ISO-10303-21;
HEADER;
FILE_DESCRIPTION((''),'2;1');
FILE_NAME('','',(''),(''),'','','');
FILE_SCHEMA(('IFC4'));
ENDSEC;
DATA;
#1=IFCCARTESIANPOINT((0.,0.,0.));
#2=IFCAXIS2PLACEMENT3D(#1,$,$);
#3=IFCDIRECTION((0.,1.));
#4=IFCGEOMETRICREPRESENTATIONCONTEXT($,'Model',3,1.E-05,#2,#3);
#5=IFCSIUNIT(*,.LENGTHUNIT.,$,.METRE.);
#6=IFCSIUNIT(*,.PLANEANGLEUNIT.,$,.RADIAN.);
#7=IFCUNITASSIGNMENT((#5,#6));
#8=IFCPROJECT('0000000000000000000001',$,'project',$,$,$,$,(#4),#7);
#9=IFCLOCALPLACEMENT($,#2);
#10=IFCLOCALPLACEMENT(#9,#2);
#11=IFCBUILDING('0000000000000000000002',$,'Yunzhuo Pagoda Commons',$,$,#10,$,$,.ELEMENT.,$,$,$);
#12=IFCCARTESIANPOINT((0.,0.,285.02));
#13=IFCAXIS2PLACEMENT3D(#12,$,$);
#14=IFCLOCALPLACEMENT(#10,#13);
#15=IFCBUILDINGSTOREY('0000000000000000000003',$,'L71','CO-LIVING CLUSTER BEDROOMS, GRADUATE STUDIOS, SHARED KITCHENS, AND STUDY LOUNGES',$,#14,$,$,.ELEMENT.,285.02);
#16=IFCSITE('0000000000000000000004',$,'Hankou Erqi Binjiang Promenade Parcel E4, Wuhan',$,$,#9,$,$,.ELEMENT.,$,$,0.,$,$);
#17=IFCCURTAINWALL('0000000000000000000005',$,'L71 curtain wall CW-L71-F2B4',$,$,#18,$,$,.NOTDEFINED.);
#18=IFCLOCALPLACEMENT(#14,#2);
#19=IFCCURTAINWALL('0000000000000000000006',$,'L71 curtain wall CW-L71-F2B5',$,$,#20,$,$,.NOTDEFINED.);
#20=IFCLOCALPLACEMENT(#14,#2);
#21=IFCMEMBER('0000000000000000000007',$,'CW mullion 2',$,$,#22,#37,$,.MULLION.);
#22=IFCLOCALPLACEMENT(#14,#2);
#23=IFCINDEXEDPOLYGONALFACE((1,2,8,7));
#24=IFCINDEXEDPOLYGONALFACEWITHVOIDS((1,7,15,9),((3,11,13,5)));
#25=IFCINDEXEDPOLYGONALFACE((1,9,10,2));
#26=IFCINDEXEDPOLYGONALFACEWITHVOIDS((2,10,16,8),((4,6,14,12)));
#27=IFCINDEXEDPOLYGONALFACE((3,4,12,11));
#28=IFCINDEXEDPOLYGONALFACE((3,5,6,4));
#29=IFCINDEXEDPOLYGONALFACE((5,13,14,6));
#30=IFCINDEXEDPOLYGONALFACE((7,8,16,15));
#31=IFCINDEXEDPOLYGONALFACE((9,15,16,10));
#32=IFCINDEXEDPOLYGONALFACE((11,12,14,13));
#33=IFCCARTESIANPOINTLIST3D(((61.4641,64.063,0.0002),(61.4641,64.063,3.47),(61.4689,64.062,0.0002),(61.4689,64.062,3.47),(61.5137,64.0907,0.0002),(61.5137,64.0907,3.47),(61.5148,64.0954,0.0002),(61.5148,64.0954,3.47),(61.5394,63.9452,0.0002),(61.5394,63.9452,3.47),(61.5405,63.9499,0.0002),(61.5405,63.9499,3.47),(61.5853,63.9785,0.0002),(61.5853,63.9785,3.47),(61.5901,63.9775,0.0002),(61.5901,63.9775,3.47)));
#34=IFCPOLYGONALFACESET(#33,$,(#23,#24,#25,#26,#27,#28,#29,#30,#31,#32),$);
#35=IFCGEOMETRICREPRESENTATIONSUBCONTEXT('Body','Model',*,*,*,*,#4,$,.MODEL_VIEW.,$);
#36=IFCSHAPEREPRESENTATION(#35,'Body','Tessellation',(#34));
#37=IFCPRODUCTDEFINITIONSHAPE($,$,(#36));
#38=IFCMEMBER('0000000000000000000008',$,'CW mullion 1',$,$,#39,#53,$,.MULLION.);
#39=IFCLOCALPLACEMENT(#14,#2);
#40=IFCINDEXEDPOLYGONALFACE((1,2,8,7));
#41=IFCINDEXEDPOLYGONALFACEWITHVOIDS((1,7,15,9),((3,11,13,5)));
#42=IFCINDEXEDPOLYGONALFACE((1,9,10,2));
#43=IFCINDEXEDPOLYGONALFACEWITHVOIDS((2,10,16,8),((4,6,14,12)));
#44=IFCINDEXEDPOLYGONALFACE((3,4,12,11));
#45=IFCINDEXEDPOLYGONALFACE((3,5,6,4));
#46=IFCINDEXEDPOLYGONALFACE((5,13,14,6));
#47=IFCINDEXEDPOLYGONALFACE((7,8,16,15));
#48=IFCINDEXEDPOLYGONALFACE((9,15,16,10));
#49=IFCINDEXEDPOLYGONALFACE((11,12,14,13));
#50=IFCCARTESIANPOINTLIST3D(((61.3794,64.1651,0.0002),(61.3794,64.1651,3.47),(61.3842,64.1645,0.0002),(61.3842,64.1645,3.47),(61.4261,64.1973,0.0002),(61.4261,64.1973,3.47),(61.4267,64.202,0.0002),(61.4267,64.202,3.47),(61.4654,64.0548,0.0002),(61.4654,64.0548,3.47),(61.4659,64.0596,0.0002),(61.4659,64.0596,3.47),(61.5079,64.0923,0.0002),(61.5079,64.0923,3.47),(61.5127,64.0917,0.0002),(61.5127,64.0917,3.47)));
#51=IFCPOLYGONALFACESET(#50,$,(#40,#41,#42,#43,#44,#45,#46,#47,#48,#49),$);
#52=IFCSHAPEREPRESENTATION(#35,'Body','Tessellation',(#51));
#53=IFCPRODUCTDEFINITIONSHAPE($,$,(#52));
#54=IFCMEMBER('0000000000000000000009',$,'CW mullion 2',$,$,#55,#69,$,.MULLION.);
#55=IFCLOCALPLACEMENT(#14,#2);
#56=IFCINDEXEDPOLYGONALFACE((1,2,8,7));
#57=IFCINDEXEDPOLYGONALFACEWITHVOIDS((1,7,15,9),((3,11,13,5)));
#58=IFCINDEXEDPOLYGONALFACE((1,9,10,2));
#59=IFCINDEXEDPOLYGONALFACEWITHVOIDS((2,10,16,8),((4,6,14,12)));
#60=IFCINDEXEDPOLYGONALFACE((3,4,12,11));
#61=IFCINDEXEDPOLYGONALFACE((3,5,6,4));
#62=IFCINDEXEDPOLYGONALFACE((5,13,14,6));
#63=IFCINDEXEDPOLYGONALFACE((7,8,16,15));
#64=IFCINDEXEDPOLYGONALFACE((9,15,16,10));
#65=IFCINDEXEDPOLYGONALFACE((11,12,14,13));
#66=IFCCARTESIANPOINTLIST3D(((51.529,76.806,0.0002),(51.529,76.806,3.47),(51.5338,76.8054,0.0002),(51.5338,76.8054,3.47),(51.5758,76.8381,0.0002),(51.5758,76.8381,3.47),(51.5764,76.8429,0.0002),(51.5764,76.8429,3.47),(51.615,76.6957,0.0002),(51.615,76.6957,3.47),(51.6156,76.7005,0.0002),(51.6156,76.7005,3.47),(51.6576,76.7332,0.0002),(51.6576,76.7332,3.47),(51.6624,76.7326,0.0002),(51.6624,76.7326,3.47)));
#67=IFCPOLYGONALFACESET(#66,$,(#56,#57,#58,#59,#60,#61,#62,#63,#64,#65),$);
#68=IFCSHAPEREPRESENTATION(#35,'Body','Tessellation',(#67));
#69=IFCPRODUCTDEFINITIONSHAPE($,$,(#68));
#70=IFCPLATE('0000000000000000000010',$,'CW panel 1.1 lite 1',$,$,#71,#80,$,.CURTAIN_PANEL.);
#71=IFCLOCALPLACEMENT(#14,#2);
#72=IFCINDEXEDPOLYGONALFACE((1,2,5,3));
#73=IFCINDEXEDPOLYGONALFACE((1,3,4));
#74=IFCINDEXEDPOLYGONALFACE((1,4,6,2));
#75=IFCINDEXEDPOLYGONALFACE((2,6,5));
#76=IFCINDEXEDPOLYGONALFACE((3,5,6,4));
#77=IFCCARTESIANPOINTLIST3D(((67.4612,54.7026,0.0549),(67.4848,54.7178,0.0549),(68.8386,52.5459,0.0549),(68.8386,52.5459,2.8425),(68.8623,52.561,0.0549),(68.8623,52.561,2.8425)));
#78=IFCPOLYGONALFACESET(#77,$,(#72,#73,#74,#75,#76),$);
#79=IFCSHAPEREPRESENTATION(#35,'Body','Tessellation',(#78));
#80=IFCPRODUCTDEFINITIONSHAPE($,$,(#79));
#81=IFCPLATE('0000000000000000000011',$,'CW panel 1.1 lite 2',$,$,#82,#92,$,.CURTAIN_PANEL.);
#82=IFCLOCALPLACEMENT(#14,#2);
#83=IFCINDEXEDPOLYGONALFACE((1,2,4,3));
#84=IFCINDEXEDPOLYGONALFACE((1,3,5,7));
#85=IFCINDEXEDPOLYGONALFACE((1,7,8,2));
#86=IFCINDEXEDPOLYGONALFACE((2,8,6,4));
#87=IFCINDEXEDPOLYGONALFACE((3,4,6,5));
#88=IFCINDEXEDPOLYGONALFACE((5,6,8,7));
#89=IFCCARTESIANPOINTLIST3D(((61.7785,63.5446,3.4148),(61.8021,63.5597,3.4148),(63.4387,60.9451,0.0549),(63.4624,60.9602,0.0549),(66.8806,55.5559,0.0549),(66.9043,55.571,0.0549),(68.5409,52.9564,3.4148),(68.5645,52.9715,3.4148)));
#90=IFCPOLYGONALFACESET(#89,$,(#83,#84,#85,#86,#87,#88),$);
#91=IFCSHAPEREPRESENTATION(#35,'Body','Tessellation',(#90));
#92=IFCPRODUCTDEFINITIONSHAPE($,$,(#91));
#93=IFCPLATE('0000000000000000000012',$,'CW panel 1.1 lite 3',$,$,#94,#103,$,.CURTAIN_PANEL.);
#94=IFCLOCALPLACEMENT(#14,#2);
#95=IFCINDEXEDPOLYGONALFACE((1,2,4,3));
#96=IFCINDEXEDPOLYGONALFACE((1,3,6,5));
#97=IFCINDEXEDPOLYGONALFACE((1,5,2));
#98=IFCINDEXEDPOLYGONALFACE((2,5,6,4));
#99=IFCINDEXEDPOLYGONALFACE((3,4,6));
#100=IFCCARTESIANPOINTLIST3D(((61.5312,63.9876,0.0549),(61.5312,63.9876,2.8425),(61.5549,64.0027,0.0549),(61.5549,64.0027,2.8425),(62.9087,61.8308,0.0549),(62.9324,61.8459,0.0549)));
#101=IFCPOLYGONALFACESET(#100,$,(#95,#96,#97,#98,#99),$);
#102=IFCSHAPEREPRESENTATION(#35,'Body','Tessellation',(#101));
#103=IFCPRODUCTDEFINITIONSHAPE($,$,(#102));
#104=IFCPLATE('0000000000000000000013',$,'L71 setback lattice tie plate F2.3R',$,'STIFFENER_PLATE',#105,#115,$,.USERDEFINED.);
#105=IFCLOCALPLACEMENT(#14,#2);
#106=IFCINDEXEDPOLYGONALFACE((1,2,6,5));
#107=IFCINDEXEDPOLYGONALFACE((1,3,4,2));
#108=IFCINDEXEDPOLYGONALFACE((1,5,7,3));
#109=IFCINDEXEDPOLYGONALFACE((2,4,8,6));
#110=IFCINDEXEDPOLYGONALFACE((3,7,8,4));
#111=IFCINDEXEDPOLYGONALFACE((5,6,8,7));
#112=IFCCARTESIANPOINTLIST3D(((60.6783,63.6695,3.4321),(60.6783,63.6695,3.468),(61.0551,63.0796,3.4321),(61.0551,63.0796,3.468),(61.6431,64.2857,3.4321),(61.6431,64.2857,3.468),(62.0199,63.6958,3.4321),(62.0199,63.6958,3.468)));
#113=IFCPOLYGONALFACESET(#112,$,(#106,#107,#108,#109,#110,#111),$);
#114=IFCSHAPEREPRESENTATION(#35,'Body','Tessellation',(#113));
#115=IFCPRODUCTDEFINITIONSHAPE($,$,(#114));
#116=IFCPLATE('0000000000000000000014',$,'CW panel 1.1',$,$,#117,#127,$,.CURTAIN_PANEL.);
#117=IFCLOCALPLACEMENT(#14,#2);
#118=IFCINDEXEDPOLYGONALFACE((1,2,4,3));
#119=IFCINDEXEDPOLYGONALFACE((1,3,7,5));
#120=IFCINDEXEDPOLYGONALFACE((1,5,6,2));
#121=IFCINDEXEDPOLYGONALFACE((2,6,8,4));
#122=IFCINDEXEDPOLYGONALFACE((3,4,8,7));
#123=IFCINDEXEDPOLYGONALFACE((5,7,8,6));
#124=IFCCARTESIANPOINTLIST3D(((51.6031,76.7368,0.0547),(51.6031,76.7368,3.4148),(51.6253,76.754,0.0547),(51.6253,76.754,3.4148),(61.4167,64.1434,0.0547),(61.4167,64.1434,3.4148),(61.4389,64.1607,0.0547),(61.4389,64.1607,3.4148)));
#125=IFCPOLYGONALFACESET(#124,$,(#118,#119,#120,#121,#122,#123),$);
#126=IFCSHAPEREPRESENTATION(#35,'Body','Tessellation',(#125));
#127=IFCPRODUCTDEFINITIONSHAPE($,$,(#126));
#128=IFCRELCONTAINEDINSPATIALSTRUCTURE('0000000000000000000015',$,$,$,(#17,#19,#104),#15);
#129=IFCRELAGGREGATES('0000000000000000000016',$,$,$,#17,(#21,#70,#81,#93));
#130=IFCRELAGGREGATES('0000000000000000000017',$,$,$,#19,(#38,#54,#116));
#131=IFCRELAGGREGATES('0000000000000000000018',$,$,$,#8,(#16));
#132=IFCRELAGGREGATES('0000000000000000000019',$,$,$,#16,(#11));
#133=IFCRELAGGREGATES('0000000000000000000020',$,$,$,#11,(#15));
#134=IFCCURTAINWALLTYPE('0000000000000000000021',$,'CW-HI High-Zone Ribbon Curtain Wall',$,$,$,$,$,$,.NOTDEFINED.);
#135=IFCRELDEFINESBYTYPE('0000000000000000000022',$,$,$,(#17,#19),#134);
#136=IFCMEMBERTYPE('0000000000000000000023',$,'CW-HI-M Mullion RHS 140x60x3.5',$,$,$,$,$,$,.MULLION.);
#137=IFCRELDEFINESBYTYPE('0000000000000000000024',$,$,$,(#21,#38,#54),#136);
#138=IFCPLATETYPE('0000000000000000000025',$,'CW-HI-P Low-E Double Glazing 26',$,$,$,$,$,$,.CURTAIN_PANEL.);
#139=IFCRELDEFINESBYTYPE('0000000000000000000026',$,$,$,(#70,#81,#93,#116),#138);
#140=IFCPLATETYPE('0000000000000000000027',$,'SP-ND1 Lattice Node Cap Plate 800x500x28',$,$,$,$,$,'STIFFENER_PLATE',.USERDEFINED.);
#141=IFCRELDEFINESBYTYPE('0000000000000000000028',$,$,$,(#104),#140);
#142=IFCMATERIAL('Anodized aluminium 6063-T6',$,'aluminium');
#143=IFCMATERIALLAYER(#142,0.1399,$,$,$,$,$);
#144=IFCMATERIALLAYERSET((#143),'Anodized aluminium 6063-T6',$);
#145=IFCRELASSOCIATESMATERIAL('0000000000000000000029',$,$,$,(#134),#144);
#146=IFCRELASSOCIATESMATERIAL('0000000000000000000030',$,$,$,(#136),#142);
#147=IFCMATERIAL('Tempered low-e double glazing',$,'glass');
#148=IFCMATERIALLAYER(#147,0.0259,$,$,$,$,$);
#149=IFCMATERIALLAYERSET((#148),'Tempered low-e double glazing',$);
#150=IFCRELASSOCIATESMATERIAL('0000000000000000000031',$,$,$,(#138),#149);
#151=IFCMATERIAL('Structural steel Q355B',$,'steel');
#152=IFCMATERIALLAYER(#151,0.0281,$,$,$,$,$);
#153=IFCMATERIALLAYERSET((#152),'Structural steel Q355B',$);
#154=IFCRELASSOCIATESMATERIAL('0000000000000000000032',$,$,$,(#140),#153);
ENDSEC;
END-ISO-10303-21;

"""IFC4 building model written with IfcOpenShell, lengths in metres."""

from ifc_helpers import new_model, si_unit, direction, frame, origin, origin_2d, place, context, subcontext, project, spatial, polyline, rectangle, hollow_rectangle, outline, extrude, source, transform, mapped, material, layer, layer_set, material_profile, profile_set, type_object, element, aggregate, save


model = new_model("IFC4")

# Units and contexts
model_context = context("Model", 3, precision=1e-05, world=origin(), true_north=direction((0.0, 1.0)))
body_context = subcontext(model_context, "Body", "Model", "MODEL_VIEW")
ifc_project = project(units=[si_unit("LENGTHUNIT", "METRE"), si_unit("PLANEANGLEUNIT", "RADIAN")], contexts=[model_context])

# Site, building, storey
site_placement = place(None, origin())
site = spatial("IfcSite", under=ifc_project, at=site_placement, Name="Hankou Erqi Binjiang Promenade Parcel E4, Wuhan", CompositionType="ELEMENT", RefElevation=0.0)
building_placement = place(site_placement, origin())
building = spatial("IfcBuilding", under=site, at=building_placement, Name="Yunzhuo Pagoda Commons", CompositionType="ELEMENT")
storey_placement = place(building_placement, frame((0.0, 0.0, 285.02)))
storey = spatial("IfcBuildingStorey", under=building, at=storey_placement, Name="L71", Description="CO-LIVING CLUSTER BEDROOMS, GRADUATE STUDIOS, SHARED KITCHENS, AND STUDY LOUNGES", CompositionType="ELEMENT", Elevation=285.02)

# Shared definitions
ifc_material_1 = material(Name="Structural steel Q355B", Category="steel")

# Curtain wall
ifc_material_2 = material(Name="Anodized aluminium 6063-T6", Category="aluminium")
ifc_layer_1 = layer(ifc_material_2, 0.1399)
ifc_layer_set_1 = layer_set([ifc_layer_1], Name="Anodized aluminium 6063-T6")
curtain_wall_type = type_object("IfcCurtainWallType", Name="CW-HI High-Zone Ribbon Curtain Wall", PredefinedType="NOTDEFINED", material=ifc_layer_set_1)
curtain_wall_1_placement = place(storey_placement, origin())
curtain_wall_1 = element("IfcCurtainWall", 1, at=curtain_wall_1_placement, inside=storey, type_object=curtain_wall_type, Name="L71 curtain wall CW-L71-F2B4", PredefinedType="NOTDEFINED")

# Curtain wall
curtain_wall_2_placement = place(storey_placement, origin())
curtain_wall_2 = element("IfcCurtainWall", 2, at=curtain_wall_2_placement, inside=storey, type_object=curtain_wall_type, Name="L71 curtain wall CW-L71-F2B5", PredefinedType="NOTDEFINED")

# Members
ifc_material_profile_1 = material_profile(ifc_material_2, hollow_rectangle(XDim=0.0601, YDim=0.1399, WallThickness=0.0034, at=origin_2d()), Name="Anodized aluminium 6063-T6")
ifc_profile_set_1 = profile_set([ifc_material_profile_1], Name="Anodized aluminium 6063-T6")
member_type_1 = type_object("IfcMemberType", Name="CW-HI-M Mullion RHS 140x60x3.5", PredefinedType="MULLION", material=ifc_profile_set_1)
shared_shape_1 = source(origin(), body_context, "Body", "SweptSolid", [
    extrude(hollow_rectangle(XDim=0.0601, YDim=0.1399, WallThickness=0.0034, at=origin_2d()), origin(), (0.0, 0.0, 1.0), 3.4697),
])
member_1_placement = place(storey_placement, frame((61.5271, 64.0203, 0.0002), z_axis=(0.0, 0.0, 1.0), x_axis=(-0.842779, -0.53826, 0.0)))
member_1 = element("IfcMember", 3, at=member_1_placement, type_object=member_type_1, Name="CW mullion 2", PredefinedType="MULLION", context=body_context, shape_type="MappedRepresentation", body=[
    mapped(shared_shape_1, transform((0.0, 0.0, 0.0), scale=1.0)),
])
member_2_placement = place(storey_placement, frame((61.446, 64.1284, 0.0002), z_axis=(0.0, 0.0, 1.0), x_axis=(-0.788783, -0.614672, 0.0)))
member_2 = element("IfcMember", 4, at=member_2_placement, type_object=member_type_1, Name="CW mullion 1", PredefinedType="MULLION", context=body_context, shape_type="MappedRepresentation", body=[
    mapped(shared_shape_1, transform((0.0, 0.0, 0.0), scale=1.0)),
])
member_3_placement = place(storey_placement, frame((51.5957, 76.7693, 0.0002), z_axis=(0.0, 0.0, 1.0), x_axis=(-0.788783, -0.614672, 0.0)))
member_3 = element("IfcMember", 5, at=member_3_placement, type_object=member_type_1, Name="CW mullion 2", PredefinedType="MULLION", context=body_context, shape_type="MappedRepresentation", body=[
    mapped(shared_shape_1, transform((0.0, 0.0, 0.0), scale=1.0)),
])

# Plates
ifc_material_3 = material(Name="Tempered low-e double glazing", Category="glass")
ifc_layer_2 = layer(ifc_material_3, 0.0259)
ifc_layer_set_2 = layer_set([ifc_layer_2], Name="Tempered low-e double glazing")
plate_type_1 = type_object("IfcPlateType", Name="CW-HI-P Low-E Double Glazing 26", PredefinedType="CURTAIN_PANEL", material=ifc_layer_set_2)
plate_1_placement = place(storey_placement, frame((68.1499, 53.6243, 1.4487), z_axis=(0.842779, 0.53826, 0.0), x_axis=(-0.53826, 0.842779, 0.0)))
plate_1 = element("IfcPlate", 6, at=plate_1_placement, type_object=plate_type_1, Name="CW panel 1.1 lite 1", PredefinedType="CURTAIN_PANEL", context=body_context, shape_type="SweptSolid", body=[
    extrude(outline(polyline([(-1.2795, -1.3938), (1.2795, -1.3938), (-1.2795, 1.3938), (-1.2795, -1.3938)])), origin(), (0.0, 0.0, 1.0), 0.0281),
])
plate_2_placement = place(storey_placement, frame((65.1597, 58.2505, 1.7349), z_axis=(0.842779, 0.53826, 0.0), x_axis=(-0.53826, 0.842779, 0.0)))
plate_2 = element("IfcPlate", 7, at=plate_2_placement, type_object=plate_type_1, Name="CW panel 1.1 lite 2", PredefinedType="CURTAIN_PANEL", context=body_context, shape_type="SweptSolid", body=[
    extrude(outline(polyline([(-6.2817, 1.6799), (-3.1973, -1.6799), (3.1973, -1.6799), (6.2817, 1.6799), (-6.2817, 1.6799)])), origin(), (0.0, 0.0, 1.0), 0.0281),
])
plate_3_placement = place(storey_placement, frame((62.22, 62.9092, 1.4487), z_axis=(0.842779, 0.53826, 0.0), x_axis=(-0.53826, 0.842779, 0.0)))
plate_3 = element("IfcPlate", 8, at=plate_3_placement, type_object=plate_type_1, Name="CW panel 1.1 lite 3", PredefinedType="CURTAIN_PANEL", context=body_context, shape_type="SweptSolid", body=[
    extrude(outline(polyline([(-1.2795, -1.3938), (1.2795, -1.3938), (1.2795, 1.3938), (-1.2795, -1.3938)])), origin(), (0.0, 0.0, 1.0), 0.0281),
])
aggregate(curtain_wall_1, [member_1, plate_1, plate_2, plate_3])
ifc_layer_3 = layer(ifc_material_1, 0.0281)
ifc_layer_set_3 = layer_set([ifc_layer_3], Name="Structural steel Q355B")
plate_type_2 = type_object("IfcPlateType", Name="SP-ND1 Lattice Node Cap Plate 800x500x28", ElementType="STIFFENER_PLATE", PredefinedType="USERDEFINED", material=ifc_layer_set_3)
shared_shape_2 = source(origin(), body_context, "Body", "SweptSolid", [
    extrude(rectangle(XDim=0.7, YDim=1.1448, at=origin_2d()), origin(), (0.0, 0.0, 1.0), 0.0359),
])
plate_4_placement = place(storey_placement, frame((61.3491, 63.6826, 3.4321), z_axis=(0.0, 0.0, 1.0), x_axis=(-0.538256, 0.842781, 0.0)))
element("IfcPlate", 9, at=plate_4_placement, inside=storey, type_object=plate_type_2, Name="L71 setback lattice tie plate F2.3R", ObjectType="STIFFENER_PLATE", PredefinedType="USERDEFINED", context=body_context, shape_type="MappedRepresentation", body=[
    mapped(shared_shape_2, transform((0.0, 0.0, 0.0), scale=1.0)),
])
shared_shape_3 = source(origin(), body_context, "Body", "SweptSolid", [
    extrude(rectangle(XDim=15.9656, YDim=0.0281, at=origin_2d()), origin(), (0.0, 0.0, 1.0), 3.3601),
])
plate_5_placement = place(storey_placement, frame((56.521, 70.4487, 0.0547), z_axis=(0.0, 0.0, 1.0), x_axis=(-0.614672, 0.788783, 0.0)))
plate_5 = element("IfcPlate", 10, at=plate_5_placement, type_object=plate_type_1, Name="CW panel 1.1", PredefinedType="CURTAIN_PANEL", context=body_context, shape_type="MappedRepresentation", body=[
    mapped(shared_shape_3, transform((0.0, 0.0, 0.0), scale=1.0)),
])
aggregate(curtain_wall_2, [member_2, member_3, plate_5])

save(model, "model.ifc")
